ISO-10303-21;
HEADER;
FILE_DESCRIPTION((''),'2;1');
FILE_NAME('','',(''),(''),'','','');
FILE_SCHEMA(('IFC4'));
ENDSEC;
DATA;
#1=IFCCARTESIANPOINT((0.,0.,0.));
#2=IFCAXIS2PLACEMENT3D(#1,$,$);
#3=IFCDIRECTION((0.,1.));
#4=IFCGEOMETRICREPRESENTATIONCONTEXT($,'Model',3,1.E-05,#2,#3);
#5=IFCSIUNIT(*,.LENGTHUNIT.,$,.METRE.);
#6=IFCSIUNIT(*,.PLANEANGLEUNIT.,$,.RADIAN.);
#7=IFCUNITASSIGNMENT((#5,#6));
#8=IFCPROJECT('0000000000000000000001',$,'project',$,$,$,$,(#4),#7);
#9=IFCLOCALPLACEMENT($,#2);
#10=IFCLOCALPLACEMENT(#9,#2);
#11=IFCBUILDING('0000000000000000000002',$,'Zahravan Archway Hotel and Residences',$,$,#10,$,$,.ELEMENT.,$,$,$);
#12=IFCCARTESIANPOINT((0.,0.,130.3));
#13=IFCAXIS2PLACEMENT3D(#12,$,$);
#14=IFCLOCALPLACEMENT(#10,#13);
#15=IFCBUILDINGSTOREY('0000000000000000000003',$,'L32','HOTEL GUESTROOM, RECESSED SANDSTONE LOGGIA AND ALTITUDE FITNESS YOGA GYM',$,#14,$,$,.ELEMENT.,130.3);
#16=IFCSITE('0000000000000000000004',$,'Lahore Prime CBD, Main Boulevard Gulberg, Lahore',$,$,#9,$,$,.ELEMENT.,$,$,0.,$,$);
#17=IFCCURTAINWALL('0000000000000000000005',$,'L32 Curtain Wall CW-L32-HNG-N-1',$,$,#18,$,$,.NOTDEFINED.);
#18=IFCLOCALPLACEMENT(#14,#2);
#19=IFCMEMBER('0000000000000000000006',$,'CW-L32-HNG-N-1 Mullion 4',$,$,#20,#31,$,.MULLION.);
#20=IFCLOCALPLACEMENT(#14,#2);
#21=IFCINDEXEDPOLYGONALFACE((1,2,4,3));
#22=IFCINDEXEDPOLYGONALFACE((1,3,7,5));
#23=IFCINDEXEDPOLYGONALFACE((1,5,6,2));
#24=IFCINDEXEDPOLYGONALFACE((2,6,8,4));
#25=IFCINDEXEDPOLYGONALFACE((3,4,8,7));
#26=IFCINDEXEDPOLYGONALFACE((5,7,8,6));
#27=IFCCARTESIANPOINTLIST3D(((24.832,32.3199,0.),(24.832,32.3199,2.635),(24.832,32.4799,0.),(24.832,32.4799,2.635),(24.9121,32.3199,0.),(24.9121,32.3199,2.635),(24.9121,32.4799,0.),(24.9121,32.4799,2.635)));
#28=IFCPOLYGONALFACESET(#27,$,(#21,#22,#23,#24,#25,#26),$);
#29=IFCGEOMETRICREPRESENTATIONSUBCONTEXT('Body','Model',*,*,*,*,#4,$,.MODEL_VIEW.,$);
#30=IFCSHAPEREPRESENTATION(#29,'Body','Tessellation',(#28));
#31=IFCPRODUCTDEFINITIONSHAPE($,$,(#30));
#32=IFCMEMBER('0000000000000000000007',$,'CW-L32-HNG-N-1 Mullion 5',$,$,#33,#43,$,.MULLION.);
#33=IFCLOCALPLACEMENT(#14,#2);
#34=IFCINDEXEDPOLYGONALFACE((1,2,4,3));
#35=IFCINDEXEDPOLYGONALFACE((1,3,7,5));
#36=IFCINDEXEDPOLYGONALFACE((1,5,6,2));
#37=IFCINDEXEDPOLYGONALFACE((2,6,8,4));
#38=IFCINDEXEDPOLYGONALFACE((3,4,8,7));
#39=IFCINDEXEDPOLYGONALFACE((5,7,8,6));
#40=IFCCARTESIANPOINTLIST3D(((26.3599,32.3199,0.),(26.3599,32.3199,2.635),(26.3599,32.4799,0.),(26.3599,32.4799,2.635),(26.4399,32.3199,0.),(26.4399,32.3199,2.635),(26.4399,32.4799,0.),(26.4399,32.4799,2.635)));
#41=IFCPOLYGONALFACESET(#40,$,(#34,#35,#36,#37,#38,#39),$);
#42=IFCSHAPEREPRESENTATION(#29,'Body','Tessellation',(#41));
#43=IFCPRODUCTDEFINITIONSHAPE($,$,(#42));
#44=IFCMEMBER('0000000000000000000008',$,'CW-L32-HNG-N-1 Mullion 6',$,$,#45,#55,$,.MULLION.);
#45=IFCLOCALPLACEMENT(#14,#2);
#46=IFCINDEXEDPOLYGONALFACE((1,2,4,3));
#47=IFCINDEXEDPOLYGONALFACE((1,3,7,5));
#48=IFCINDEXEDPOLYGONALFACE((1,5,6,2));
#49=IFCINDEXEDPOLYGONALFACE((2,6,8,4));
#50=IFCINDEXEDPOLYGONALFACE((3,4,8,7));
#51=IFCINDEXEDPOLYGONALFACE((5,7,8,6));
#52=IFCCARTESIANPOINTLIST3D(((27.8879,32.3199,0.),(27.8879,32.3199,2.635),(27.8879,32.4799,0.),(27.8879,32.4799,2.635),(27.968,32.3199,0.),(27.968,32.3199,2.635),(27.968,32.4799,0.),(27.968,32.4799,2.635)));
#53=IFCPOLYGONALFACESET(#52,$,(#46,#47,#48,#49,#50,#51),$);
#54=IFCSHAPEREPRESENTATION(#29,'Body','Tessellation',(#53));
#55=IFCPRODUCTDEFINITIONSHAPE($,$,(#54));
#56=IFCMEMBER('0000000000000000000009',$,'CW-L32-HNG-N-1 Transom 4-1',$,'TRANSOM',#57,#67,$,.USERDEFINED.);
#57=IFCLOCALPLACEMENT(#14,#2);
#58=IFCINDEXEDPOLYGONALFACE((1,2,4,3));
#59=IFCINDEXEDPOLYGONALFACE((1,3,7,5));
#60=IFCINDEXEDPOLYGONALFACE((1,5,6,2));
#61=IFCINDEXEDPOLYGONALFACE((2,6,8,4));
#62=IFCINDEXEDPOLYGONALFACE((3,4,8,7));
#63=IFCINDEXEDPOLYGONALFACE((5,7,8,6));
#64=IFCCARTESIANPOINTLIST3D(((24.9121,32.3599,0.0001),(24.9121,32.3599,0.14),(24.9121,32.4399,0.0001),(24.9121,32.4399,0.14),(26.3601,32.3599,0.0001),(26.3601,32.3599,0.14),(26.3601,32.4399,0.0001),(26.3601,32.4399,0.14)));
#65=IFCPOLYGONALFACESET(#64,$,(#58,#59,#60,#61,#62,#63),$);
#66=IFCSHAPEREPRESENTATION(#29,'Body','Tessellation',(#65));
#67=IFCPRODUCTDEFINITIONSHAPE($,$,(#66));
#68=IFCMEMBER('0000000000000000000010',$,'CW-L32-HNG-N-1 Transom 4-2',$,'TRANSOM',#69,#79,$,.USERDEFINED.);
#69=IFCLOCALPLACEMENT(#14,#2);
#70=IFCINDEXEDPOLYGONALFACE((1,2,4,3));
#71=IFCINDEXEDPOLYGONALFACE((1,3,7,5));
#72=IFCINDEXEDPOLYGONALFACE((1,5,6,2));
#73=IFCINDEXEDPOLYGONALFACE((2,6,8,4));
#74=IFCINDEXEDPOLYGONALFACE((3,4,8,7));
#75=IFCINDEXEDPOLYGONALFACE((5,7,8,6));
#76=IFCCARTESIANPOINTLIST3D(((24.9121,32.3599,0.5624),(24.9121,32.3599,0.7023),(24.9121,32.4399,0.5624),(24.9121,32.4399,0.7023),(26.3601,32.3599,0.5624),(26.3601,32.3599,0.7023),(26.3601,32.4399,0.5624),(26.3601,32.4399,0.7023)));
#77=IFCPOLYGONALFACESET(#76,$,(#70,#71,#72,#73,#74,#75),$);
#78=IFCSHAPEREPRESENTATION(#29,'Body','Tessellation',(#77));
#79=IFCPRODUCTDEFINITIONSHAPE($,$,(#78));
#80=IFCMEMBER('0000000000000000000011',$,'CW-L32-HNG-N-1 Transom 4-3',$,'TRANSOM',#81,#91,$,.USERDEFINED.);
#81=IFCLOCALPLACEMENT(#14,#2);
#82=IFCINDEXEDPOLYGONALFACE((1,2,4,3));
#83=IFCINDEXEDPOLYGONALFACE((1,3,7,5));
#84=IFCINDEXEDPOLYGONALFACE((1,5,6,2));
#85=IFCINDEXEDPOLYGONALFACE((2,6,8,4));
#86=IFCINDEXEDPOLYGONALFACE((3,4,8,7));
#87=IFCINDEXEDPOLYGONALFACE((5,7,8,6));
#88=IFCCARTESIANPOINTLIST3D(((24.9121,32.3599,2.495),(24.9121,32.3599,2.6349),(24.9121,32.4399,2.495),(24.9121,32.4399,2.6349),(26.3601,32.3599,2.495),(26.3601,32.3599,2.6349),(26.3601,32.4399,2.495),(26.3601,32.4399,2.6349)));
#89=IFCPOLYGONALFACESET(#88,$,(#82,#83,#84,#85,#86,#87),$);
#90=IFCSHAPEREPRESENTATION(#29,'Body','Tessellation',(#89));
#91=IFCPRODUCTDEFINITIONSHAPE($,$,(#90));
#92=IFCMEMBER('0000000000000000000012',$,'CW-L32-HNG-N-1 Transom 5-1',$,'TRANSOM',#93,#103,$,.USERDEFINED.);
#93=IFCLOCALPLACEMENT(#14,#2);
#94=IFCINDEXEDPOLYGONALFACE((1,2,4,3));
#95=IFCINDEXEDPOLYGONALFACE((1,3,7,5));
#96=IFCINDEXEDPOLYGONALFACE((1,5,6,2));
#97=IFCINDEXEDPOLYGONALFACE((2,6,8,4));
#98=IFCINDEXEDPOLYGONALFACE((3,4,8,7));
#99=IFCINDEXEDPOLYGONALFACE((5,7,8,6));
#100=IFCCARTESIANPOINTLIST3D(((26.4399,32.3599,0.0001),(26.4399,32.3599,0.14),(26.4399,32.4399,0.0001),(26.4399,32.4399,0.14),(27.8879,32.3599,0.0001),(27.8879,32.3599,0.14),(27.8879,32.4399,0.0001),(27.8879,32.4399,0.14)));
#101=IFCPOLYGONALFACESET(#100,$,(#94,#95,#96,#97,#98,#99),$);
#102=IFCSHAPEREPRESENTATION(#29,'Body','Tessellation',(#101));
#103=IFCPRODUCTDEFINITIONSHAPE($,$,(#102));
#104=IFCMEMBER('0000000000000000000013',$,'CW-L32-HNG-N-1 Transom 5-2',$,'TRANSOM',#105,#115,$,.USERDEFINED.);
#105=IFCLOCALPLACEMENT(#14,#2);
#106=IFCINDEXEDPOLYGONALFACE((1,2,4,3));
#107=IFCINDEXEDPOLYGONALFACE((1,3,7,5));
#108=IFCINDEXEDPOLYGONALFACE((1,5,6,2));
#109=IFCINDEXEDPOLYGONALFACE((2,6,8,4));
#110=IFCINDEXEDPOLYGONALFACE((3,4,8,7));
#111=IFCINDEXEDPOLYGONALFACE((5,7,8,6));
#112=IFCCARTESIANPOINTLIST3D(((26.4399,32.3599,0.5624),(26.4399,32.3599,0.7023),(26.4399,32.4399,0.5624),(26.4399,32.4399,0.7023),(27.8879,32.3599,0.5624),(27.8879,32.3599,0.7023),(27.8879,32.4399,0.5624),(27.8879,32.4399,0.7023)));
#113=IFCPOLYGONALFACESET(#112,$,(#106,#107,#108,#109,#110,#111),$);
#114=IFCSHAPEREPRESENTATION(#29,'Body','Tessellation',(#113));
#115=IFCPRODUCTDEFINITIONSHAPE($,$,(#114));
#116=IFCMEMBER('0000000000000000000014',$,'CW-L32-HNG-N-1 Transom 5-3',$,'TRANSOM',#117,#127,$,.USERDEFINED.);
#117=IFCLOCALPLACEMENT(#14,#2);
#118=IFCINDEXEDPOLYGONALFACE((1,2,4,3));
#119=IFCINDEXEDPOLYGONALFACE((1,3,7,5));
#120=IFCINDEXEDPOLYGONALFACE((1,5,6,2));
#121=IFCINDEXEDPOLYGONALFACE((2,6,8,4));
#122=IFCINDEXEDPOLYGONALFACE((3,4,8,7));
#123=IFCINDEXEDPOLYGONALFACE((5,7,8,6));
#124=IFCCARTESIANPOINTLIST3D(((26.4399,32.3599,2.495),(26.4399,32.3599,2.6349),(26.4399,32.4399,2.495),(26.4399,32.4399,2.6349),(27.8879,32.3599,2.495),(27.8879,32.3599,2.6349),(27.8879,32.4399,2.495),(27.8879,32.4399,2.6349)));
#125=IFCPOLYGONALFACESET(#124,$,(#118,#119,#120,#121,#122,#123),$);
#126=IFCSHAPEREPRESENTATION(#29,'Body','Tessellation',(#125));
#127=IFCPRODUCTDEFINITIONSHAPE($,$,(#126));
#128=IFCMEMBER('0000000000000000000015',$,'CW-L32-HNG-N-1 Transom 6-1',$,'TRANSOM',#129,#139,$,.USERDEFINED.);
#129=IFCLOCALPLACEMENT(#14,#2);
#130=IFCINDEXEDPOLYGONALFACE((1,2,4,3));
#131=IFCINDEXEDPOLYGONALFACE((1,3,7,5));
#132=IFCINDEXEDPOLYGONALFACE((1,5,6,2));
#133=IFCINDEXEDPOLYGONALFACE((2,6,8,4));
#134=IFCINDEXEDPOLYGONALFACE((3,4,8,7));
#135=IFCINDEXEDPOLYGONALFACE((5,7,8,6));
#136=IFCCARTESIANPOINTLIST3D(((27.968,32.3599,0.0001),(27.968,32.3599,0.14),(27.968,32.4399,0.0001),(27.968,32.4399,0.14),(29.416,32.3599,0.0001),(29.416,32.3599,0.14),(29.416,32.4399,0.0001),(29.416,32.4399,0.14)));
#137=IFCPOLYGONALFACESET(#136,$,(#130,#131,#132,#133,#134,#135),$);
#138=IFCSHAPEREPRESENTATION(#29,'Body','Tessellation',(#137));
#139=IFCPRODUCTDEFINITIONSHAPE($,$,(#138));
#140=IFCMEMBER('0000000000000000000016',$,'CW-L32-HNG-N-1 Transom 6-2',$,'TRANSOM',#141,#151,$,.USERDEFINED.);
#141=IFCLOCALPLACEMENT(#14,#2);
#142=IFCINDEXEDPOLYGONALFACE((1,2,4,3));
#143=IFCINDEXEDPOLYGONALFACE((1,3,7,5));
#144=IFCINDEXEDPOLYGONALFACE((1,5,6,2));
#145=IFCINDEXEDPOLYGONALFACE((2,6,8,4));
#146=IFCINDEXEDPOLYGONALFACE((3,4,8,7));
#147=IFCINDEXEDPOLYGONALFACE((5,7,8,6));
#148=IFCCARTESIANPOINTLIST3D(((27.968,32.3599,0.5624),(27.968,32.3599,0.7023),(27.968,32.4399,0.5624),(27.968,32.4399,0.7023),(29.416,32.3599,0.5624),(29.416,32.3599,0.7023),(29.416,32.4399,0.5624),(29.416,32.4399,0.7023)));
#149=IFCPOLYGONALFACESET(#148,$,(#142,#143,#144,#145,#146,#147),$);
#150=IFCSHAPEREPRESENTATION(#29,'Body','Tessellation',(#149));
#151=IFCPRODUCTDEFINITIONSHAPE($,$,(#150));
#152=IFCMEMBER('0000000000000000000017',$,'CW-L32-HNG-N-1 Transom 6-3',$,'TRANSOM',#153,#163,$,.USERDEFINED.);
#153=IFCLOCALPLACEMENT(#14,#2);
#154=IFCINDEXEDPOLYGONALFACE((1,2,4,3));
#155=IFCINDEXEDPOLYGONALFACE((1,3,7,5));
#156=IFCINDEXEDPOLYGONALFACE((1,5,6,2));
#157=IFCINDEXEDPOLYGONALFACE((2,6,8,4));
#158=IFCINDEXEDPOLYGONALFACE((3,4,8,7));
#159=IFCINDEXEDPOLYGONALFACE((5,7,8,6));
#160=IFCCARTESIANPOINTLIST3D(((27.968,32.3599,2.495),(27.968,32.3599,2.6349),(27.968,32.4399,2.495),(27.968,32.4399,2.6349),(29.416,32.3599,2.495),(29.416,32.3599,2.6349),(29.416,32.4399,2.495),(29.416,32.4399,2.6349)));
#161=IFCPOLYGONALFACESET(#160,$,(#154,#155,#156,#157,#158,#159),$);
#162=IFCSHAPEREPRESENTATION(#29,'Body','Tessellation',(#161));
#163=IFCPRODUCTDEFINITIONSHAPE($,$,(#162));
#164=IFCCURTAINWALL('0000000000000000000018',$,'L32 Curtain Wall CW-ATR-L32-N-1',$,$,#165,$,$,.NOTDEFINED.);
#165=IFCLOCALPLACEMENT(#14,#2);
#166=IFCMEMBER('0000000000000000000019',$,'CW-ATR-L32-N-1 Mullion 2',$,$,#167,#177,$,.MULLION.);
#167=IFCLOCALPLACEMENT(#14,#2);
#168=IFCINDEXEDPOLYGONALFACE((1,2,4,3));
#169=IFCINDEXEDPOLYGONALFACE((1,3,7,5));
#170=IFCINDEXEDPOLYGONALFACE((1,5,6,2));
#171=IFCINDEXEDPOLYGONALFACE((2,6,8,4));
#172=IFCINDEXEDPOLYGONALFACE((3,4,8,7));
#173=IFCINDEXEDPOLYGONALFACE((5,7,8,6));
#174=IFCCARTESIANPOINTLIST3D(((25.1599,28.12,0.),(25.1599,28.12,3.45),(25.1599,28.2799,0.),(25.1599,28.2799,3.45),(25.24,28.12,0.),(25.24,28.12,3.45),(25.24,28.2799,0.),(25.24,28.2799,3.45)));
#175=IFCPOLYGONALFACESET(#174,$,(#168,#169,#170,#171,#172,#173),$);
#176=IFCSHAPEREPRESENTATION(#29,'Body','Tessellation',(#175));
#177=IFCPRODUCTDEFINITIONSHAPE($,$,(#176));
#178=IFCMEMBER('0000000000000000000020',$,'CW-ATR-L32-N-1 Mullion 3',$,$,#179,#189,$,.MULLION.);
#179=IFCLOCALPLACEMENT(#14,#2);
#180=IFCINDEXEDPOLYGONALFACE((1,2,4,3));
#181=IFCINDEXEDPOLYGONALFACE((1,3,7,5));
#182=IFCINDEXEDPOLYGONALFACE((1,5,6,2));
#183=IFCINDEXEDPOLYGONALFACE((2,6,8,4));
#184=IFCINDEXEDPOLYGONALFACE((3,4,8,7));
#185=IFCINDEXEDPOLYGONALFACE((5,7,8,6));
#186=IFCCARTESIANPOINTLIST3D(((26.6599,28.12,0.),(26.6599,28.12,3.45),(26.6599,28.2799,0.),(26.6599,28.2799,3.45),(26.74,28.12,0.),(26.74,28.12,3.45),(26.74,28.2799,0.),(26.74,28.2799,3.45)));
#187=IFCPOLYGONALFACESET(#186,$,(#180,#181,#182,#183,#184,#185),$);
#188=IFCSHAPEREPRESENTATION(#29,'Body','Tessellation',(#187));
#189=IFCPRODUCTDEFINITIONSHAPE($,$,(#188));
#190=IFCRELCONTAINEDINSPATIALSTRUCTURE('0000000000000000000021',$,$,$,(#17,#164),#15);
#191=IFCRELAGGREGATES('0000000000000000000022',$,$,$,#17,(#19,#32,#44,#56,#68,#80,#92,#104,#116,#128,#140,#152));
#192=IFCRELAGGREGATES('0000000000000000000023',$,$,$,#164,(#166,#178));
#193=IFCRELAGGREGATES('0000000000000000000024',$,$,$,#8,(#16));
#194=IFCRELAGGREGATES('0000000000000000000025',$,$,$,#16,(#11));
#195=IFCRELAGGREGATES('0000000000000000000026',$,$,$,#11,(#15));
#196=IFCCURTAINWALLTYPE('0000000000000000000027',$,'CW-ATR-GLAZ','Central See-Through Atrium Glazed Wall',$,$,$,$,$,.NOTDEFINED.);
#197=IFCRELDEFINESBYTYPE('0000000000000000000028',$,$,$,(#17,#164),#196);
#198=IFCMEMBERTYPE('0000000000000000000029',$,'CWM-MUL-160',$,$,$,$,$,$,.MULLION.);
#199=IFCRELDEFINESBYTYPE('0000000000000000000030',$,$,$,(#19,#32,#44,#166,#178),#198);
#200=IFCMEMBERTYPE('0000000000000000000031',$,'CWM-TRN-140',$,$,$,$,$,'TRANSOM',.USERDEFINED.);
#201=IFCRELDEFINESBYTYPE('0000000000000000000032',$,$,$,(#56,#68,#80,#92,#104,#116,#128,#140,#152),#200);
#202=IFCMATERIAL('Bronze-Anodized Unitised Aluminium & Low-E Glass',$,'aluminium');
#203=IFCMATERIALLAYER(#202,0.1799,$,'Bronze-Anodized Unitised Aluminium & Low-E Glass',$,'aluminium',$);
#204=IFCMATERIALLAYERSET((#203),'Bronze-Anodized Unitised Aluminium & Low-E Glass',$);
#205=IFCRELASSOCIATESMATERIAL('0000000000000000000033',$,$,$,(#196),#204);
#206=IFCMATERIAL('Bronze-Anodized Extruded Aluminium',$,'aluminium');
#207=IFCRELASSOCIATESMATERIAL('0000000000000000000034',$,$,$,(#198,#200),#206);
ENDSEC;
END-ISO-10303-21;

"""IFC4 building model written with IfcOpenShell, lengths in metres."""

from ifc_helpers import new_model, si_unit, direction, frame, origin, origin_2d, place, context, subcontext, project, spatial, rectangle, extrude, source, transform, mapped, material, layer, layer_set, material_profile, profile_set, type_object, element, aggregate, save


model = new_model("IFC4")

# Units and contexts
model_context = context("Model", 3, precision=1e-05, world=origin(), true_north=direction((0.0, 1.0)))
body_context = subcontext(model_context, "Body", "Model", "MODEL_VIEW")
ifc_project = project(units=[si_unit("LENGTHUNIT", "METRE"), si_unit("PLANEANGLEUNIT", "RADIAN")], contexts=[model_context])

# Site, building, storey
site_placement = place(None, origin())
site = spatial("IfcSite", under=ifc_project, at=site_placement, Name="Lahore Prime CBD, Main Boulevard Gulberg, Lahore", CompositionType="ELEMENT", RefElevation=0.0)
building_placement = place(site_placement, origin())
building = spatial("IfcBuilding", under=site, at=building_placement, Name="Zahravan Archway Hotel and Residences", CompositionType="ELEMENT")
storey_placement = place(building_placement, frame((0.0, 0.0, 130.3)))
storey = spatial("IfcBuildingStorey", under=building, at=storey_placement, Name="L32", Description="HOTEL GUESTROOM, RECESSED SANDSTONE LOGGIA AND ALTITUDE FITNESS YOGA GYM", CompositionType="ELEMENT", Elevation=130.3)

# Curtain walls, members
ifc_material_1 = material(Name="Bronze-Anodized Unitised Aluminium & Low-E Glass", Category="aluminium")
ifc_layer_1 = layer(ifc_material_1, 0.1799, Name="Bronze-Anodized Unitised Aluminium & Low-E Glass", Category="aluminium")
ifc_layer_set_1 = layer_set([ifc_layer_1], Name="Bronze-Anodized Unitised Aluminium & Low-E Glass")
curtain_wall_type = type_object("IfcCurtainWallType", Name="CW-ATR-GLAZ", Description="Central See-Through Atrium Glazed Wall", PredefinedType="NOTDEFINED", material=ifc_layer_set_1)
curtain_wall_1_placement = place(storey_placement, origin())
curtain_wall_1 = element("IfcCurtainWall", 1, at=curtain_wall_1_placement, inside=storey, type_object=curtain_wall_type, Name="L32 Curtain Wall CW-L32-HNG-N-1", PredefinedType="NOTDEFINED")
ifc_material_2 = material(Name="Bronze-Anodized Extruded Aluminium", Category="aluminium")
ifc_material_profile_1 = material_profile(ifc_material_2, rectangle(XDim=0.0801, YDim=0.1599, at=origin_2d()), Name="MUL 80x160", Category="aluminium")
ifc_profile_set_1 = profile_set([ifc_material_profile_1], Name="Bronze-Anodized Extruded Aluminium")
member_type_1 = type_object("IfcMemberType", Name="CWM-MUL-160", PredefinedType="MULLION", material=ifc_profile_set_1)
shared_shape_1 = source(origin(), body_context, "Body", "SweptSolid", [
    extrude(rectangle(XDim=0.0801, YDim=0.1599, at=origin_2d()), origin(), (0.0, 0.0, 1.0), 2.635),
])
member_1_placement = place(storey_placement, frame((24.8721, 32.3999, 0.0), z_axis=(0.0, 0.0, 1.0), x_axis=(1.0, 0.0, 0.0)))
member_1 = element("IfcMember", 2, at=member_1_placement, type_object=member_type_1, Name="CW-L32-HNG-N-1 Mullion 4", PredefinedType="MULLION", context=body_context, shape_type="MappedRepresentation", body=[
    mapped(shared_shape_1, transform((0.0, 0.0, 0.0), scale=1.0)),
])
member_2_placement = place(storey_placement, frame((26.3999, 32.3999, 0.0), z_axis=(0.0, 0.0, 1.0), x_axis=(1.0, 0.0, 0.0)))
member_2 = element("IfcMember", 3, at=member_2_placement, type_object=member_type_1, Name="CW-L32-HNG-N-1 Mullion 5", PredefinedType="MULLION", context=body_context, shape_type="MappedRepresentation", body=[
    mapped(shared_shape_1, transform((0.0, 0.0, 0.0), scale=1.0)),
])
member_3_placement = place(storey_placement, frame((27.928, 32.3999, 0.0), z_axis=(0.0, 0.0, 1.0), x_axis=(1.0, 0.0, 0.0)))
member_3 = element("IfcMember", 4, at=member_3_placement, type_object=member_type_1, Name="CW-L32-HNG-N-1 Mullion 6", PredefinedType="MULLION", context=body_context, shape_type="MappedRepresentation", body=[
    mapped(shared_shape_1, transform((0.0, 0.0, 0.0), scale=1.0)),
])
ifc_material_profile_2 = material_profile(ifc_material_2, rectangle(XDim=0.0801, YDim=0.1399, at=origin_2d()), Name="TRN 80x140", Category="aluminium")
ifc_profile_set_2 = profile_set([ifc_material_profile_2], Name="Bronze-Anodized Extruded Aluminium")
member_type_2 = type_object("IfcMemberType", Name="CWM-TRN-140", ElementType="TRANSOM", PredefinedType="USERDEFINED", material=ifc_profile_set_2)
shared_shape_2 = source(origin(), body_context, "Body", "SweptSolid", [
    extrude(rectangle(XDim=0.0801, YDim=0.1399, at=origin_2d()), origin(), (0.0, 0.0, 1.0), 1.448),
])
member_4_placement = place(storey_placement, frame((24.9121, 32.3999, 0.0701), z_axis=(1.0, 0.0, 0.0), x_axis=(0.0, 1.0, 0.0)))
member_4 = element("IfcMember", 5, at=member_4_placement, type_object=member_type_2, Name="CW-L32-HNG-N-1 Transom 4-1", ObjectType="TRANSOM", PredefinedType="USERDEFINED", context=body_context, shape_type="MappedRepresentation", body=[
    mapped(shared_shape_2, transform((0.0, 0.0, 0.0), scale=1.0)),
])
member_5_placement = place(storey_placement, frame((24.9121, 32.3999, 0.6323), z_axis=(1.0, 0.0, 0.0), x_axis=(0.0, 1.0, 0.0)))
member_5 = element("IfcMember", 6, at=member_5_placement, type_object=member_type_2, Name="CW-L32-HNG-N-1 Transom 4-2", ObjectType="TRANSOM", PredefinedType="USERDEFINED", context=body_context, shape_type="MappedRepresentation", body=[
    mapped(shared_shape_2, transform((0.0, 0.0, 0.0), scale=1.0)),
])
member_6_placement = place(storey_placement, frame((24.9121, 32.3999, 2.5649), z_axis=(1.0, 0.0, 0.0), x_axis=(0.0, 1.0, 0.0)))
member_6 = element("IfcMember", 7, at=member_6_placement, type_object=member_type_2, Name="CW-L32-HNG-N-1 Transom 4-3", ObjectType="TRANSOM", PredefinedType="USERDEFINED", context=body_context, shape_type="MappedRepresentation", body=[
    mapped(shared_shape_2, transform((0.0, 0.0, 0.0), scale=1.0)),
])
member_7_placement = place(storey_placement, frame((26.4399, 32.3999, 0.0701), z_axis=(1.0, 0.0, 0.0), x_axis=(0.0, 1.0, 0.0)))
member_7 = element("IfcMember", 8, at=member_7_placement, type_object=member_type_2, Name="CW-L32-HNG-N-1 Transom 5-1", ObjectType="TRANSOM", PredefinedType="USERDEFINED", context=body_context, shape_type="MappedRepresentation", body=[
    mapped(shared_shape_2, transform((0.0, 0.0, 0.0), scale=1.0)),
])
member_8_placement = place(storey_placement, frame((26.4399, 32.3999, 0.6323), z_axis=(1.0, 0.0, 0.0), x_axis=(0.0, 1.0, 0.0)))
member_8 = element("IfcMember", 9, at=member_8_placement, type_object=member_type_2, Name="CW-L32-HNG-N-1 Transom 5-2", ObjectType="TRANSOM", PredefinedType="USERDEFINED", context=body_context, shape_type="MappedRepresentation", body=[
    mapped(shared_shape_2, transform((0.0, 0.0, 0.0), scale=1.0)),
])
member_9_placement = place(storey_placement, frame((26.4399, 32.3999, 2.5649), z_axis=(1.0, 0.0, 0.0), x_axis=(0.0, 1.0, 0.0)))
member_9 = element("IfcMember", 10, at=member_9_placement, type_object=member_type_2, Name="CW-L32-HNG-N-1 Transom 5-3", ObjectType="TRANSOM", PredefinedType="USERDEFINED", context=body_context, shape_type="MappedRepresentation", body=[
    mapped(shared_shape_2, transform((0.0, 0.0, 0.0), scale=1.0)),
])
member_10_placement = place(storey_placement, frame((27.968, 32.3999, 0.0701), z_axis=(1.0, 0.0, 0.0), x_axis=(0.0, 1.0, 0.0)))
member_10 = element("IfcMember", 11, at=member_10_placement, type_object=member_type_2, Name="CW-L32-HNG-N-1 Transom 6-1", ObjectType="TRANSOM", PredefinedType="USERDEFINED", context=body_context, shape_type="MappedRepresentation", body=[
    mapped(shared_shape_2, transform((0.0, 0.0, 0.0), scale=1.0)),
])
member_11_placement = place(storey_placement, frame((27.968, 32.3999, 0.6323), z_axis=(1.0, 0.0, 0.0), x_axis=(0.0, 1.0, 0.0)))
member_11 = element("IfcMember", 12, at=member_11_placement, type_object=member_type_2, Name="CW-L32-HNG-N-1 Transom 6-2", ObjectType="TRANSOM", PredefinedType="USERDEFINED", context=body_context, shape_type="MappedRepresentation", body=[
    mapped(shared_shape_2, transform((0.0, 0.0, 0.0), scale=1.0)),
])
member_12_placement = place(storey_placement, frame((27.968, 32.3999, 2.5649), z_axis=(1.0, 0.0, 0.0), x_axis=(0.0, 1.0, 0.0)))
member_12 = element("IfcMember", 13, at=member_12_placement, type_object=member_type_2, Name="CW-L32-HNG-N-1 Transom 6-3", ObjectType="TRANSOM", PredefinedType="USERDEFINED", context=body_context, shape_type="MappedRepresentation", body=[
    mapped(shared_shape_2, transform((0.0, 0.0, 0.0), scale=1.0)),
])
curtain_wall_2_placement = place(storey_placement, origin())
curtain_wall_2 = element("IfcCurtainWall", 14, at=curtain_wall_2_placement, inside=storey, type_object=curtain_wall_type, Name="L32 Curtain Wall CW-ATR-L32-N-1", PredefinedType="NOTDEFINED")
shared_shape_3 = source(origin(), body_context, "Body", "SweptSolid", [
    extrude(rectangle(XDim=0.0801, YDim=0.1599, at=origin_2d()), origin(), (0.0, 0.0, 1.0), 3.45),
])
member_13_placement = place(storey_placement, frame((25.2, 28.2, 0.0), z_axis=(0.0, 0.0, 1.0), x_axis=(1.0, 0.0, 0.0)))
member_13 = element("IfcMember", 15, at=member_13_placement, type_object=member_type_1, Name="CW-ATR-L32-N-1 Mullion 2", PredefinedType="MULLION", context=body_context, shape_type="MappedRepresentation", body=[
    mapped(shared_shape_3, transform((0.0, 0.0, 0.0), scale=1.0)),
])
member_14_placement = place(storey_placement, frame((26.7, 28.2, 0.0), z_axis=(0.0, 0.0, 1.0), x_axis=(1.0, 0.0, 0.0)))
member_14 = element("IfcMember", 16, at=member_14_placement, type_object=member_type_1, Name="CW-ATR-L32-N-1 Mullion 3", PredefinedType="MULLION", context=body_context, shape_type="MappedRepresentation", body=[
    mapped(shared_shape_3, transform((0.0, 0.0, 0.0), scale=1.0)),
])

aggregate(curtain_wall_1, [member_1, member_2, member_3, member_4, member_5, member_6, member_7, member_8, member_9, member_10, member_11, member_12])
aggregate(curtain_wall_2, [member_13, member_14])

save(model, "model.ifc")
